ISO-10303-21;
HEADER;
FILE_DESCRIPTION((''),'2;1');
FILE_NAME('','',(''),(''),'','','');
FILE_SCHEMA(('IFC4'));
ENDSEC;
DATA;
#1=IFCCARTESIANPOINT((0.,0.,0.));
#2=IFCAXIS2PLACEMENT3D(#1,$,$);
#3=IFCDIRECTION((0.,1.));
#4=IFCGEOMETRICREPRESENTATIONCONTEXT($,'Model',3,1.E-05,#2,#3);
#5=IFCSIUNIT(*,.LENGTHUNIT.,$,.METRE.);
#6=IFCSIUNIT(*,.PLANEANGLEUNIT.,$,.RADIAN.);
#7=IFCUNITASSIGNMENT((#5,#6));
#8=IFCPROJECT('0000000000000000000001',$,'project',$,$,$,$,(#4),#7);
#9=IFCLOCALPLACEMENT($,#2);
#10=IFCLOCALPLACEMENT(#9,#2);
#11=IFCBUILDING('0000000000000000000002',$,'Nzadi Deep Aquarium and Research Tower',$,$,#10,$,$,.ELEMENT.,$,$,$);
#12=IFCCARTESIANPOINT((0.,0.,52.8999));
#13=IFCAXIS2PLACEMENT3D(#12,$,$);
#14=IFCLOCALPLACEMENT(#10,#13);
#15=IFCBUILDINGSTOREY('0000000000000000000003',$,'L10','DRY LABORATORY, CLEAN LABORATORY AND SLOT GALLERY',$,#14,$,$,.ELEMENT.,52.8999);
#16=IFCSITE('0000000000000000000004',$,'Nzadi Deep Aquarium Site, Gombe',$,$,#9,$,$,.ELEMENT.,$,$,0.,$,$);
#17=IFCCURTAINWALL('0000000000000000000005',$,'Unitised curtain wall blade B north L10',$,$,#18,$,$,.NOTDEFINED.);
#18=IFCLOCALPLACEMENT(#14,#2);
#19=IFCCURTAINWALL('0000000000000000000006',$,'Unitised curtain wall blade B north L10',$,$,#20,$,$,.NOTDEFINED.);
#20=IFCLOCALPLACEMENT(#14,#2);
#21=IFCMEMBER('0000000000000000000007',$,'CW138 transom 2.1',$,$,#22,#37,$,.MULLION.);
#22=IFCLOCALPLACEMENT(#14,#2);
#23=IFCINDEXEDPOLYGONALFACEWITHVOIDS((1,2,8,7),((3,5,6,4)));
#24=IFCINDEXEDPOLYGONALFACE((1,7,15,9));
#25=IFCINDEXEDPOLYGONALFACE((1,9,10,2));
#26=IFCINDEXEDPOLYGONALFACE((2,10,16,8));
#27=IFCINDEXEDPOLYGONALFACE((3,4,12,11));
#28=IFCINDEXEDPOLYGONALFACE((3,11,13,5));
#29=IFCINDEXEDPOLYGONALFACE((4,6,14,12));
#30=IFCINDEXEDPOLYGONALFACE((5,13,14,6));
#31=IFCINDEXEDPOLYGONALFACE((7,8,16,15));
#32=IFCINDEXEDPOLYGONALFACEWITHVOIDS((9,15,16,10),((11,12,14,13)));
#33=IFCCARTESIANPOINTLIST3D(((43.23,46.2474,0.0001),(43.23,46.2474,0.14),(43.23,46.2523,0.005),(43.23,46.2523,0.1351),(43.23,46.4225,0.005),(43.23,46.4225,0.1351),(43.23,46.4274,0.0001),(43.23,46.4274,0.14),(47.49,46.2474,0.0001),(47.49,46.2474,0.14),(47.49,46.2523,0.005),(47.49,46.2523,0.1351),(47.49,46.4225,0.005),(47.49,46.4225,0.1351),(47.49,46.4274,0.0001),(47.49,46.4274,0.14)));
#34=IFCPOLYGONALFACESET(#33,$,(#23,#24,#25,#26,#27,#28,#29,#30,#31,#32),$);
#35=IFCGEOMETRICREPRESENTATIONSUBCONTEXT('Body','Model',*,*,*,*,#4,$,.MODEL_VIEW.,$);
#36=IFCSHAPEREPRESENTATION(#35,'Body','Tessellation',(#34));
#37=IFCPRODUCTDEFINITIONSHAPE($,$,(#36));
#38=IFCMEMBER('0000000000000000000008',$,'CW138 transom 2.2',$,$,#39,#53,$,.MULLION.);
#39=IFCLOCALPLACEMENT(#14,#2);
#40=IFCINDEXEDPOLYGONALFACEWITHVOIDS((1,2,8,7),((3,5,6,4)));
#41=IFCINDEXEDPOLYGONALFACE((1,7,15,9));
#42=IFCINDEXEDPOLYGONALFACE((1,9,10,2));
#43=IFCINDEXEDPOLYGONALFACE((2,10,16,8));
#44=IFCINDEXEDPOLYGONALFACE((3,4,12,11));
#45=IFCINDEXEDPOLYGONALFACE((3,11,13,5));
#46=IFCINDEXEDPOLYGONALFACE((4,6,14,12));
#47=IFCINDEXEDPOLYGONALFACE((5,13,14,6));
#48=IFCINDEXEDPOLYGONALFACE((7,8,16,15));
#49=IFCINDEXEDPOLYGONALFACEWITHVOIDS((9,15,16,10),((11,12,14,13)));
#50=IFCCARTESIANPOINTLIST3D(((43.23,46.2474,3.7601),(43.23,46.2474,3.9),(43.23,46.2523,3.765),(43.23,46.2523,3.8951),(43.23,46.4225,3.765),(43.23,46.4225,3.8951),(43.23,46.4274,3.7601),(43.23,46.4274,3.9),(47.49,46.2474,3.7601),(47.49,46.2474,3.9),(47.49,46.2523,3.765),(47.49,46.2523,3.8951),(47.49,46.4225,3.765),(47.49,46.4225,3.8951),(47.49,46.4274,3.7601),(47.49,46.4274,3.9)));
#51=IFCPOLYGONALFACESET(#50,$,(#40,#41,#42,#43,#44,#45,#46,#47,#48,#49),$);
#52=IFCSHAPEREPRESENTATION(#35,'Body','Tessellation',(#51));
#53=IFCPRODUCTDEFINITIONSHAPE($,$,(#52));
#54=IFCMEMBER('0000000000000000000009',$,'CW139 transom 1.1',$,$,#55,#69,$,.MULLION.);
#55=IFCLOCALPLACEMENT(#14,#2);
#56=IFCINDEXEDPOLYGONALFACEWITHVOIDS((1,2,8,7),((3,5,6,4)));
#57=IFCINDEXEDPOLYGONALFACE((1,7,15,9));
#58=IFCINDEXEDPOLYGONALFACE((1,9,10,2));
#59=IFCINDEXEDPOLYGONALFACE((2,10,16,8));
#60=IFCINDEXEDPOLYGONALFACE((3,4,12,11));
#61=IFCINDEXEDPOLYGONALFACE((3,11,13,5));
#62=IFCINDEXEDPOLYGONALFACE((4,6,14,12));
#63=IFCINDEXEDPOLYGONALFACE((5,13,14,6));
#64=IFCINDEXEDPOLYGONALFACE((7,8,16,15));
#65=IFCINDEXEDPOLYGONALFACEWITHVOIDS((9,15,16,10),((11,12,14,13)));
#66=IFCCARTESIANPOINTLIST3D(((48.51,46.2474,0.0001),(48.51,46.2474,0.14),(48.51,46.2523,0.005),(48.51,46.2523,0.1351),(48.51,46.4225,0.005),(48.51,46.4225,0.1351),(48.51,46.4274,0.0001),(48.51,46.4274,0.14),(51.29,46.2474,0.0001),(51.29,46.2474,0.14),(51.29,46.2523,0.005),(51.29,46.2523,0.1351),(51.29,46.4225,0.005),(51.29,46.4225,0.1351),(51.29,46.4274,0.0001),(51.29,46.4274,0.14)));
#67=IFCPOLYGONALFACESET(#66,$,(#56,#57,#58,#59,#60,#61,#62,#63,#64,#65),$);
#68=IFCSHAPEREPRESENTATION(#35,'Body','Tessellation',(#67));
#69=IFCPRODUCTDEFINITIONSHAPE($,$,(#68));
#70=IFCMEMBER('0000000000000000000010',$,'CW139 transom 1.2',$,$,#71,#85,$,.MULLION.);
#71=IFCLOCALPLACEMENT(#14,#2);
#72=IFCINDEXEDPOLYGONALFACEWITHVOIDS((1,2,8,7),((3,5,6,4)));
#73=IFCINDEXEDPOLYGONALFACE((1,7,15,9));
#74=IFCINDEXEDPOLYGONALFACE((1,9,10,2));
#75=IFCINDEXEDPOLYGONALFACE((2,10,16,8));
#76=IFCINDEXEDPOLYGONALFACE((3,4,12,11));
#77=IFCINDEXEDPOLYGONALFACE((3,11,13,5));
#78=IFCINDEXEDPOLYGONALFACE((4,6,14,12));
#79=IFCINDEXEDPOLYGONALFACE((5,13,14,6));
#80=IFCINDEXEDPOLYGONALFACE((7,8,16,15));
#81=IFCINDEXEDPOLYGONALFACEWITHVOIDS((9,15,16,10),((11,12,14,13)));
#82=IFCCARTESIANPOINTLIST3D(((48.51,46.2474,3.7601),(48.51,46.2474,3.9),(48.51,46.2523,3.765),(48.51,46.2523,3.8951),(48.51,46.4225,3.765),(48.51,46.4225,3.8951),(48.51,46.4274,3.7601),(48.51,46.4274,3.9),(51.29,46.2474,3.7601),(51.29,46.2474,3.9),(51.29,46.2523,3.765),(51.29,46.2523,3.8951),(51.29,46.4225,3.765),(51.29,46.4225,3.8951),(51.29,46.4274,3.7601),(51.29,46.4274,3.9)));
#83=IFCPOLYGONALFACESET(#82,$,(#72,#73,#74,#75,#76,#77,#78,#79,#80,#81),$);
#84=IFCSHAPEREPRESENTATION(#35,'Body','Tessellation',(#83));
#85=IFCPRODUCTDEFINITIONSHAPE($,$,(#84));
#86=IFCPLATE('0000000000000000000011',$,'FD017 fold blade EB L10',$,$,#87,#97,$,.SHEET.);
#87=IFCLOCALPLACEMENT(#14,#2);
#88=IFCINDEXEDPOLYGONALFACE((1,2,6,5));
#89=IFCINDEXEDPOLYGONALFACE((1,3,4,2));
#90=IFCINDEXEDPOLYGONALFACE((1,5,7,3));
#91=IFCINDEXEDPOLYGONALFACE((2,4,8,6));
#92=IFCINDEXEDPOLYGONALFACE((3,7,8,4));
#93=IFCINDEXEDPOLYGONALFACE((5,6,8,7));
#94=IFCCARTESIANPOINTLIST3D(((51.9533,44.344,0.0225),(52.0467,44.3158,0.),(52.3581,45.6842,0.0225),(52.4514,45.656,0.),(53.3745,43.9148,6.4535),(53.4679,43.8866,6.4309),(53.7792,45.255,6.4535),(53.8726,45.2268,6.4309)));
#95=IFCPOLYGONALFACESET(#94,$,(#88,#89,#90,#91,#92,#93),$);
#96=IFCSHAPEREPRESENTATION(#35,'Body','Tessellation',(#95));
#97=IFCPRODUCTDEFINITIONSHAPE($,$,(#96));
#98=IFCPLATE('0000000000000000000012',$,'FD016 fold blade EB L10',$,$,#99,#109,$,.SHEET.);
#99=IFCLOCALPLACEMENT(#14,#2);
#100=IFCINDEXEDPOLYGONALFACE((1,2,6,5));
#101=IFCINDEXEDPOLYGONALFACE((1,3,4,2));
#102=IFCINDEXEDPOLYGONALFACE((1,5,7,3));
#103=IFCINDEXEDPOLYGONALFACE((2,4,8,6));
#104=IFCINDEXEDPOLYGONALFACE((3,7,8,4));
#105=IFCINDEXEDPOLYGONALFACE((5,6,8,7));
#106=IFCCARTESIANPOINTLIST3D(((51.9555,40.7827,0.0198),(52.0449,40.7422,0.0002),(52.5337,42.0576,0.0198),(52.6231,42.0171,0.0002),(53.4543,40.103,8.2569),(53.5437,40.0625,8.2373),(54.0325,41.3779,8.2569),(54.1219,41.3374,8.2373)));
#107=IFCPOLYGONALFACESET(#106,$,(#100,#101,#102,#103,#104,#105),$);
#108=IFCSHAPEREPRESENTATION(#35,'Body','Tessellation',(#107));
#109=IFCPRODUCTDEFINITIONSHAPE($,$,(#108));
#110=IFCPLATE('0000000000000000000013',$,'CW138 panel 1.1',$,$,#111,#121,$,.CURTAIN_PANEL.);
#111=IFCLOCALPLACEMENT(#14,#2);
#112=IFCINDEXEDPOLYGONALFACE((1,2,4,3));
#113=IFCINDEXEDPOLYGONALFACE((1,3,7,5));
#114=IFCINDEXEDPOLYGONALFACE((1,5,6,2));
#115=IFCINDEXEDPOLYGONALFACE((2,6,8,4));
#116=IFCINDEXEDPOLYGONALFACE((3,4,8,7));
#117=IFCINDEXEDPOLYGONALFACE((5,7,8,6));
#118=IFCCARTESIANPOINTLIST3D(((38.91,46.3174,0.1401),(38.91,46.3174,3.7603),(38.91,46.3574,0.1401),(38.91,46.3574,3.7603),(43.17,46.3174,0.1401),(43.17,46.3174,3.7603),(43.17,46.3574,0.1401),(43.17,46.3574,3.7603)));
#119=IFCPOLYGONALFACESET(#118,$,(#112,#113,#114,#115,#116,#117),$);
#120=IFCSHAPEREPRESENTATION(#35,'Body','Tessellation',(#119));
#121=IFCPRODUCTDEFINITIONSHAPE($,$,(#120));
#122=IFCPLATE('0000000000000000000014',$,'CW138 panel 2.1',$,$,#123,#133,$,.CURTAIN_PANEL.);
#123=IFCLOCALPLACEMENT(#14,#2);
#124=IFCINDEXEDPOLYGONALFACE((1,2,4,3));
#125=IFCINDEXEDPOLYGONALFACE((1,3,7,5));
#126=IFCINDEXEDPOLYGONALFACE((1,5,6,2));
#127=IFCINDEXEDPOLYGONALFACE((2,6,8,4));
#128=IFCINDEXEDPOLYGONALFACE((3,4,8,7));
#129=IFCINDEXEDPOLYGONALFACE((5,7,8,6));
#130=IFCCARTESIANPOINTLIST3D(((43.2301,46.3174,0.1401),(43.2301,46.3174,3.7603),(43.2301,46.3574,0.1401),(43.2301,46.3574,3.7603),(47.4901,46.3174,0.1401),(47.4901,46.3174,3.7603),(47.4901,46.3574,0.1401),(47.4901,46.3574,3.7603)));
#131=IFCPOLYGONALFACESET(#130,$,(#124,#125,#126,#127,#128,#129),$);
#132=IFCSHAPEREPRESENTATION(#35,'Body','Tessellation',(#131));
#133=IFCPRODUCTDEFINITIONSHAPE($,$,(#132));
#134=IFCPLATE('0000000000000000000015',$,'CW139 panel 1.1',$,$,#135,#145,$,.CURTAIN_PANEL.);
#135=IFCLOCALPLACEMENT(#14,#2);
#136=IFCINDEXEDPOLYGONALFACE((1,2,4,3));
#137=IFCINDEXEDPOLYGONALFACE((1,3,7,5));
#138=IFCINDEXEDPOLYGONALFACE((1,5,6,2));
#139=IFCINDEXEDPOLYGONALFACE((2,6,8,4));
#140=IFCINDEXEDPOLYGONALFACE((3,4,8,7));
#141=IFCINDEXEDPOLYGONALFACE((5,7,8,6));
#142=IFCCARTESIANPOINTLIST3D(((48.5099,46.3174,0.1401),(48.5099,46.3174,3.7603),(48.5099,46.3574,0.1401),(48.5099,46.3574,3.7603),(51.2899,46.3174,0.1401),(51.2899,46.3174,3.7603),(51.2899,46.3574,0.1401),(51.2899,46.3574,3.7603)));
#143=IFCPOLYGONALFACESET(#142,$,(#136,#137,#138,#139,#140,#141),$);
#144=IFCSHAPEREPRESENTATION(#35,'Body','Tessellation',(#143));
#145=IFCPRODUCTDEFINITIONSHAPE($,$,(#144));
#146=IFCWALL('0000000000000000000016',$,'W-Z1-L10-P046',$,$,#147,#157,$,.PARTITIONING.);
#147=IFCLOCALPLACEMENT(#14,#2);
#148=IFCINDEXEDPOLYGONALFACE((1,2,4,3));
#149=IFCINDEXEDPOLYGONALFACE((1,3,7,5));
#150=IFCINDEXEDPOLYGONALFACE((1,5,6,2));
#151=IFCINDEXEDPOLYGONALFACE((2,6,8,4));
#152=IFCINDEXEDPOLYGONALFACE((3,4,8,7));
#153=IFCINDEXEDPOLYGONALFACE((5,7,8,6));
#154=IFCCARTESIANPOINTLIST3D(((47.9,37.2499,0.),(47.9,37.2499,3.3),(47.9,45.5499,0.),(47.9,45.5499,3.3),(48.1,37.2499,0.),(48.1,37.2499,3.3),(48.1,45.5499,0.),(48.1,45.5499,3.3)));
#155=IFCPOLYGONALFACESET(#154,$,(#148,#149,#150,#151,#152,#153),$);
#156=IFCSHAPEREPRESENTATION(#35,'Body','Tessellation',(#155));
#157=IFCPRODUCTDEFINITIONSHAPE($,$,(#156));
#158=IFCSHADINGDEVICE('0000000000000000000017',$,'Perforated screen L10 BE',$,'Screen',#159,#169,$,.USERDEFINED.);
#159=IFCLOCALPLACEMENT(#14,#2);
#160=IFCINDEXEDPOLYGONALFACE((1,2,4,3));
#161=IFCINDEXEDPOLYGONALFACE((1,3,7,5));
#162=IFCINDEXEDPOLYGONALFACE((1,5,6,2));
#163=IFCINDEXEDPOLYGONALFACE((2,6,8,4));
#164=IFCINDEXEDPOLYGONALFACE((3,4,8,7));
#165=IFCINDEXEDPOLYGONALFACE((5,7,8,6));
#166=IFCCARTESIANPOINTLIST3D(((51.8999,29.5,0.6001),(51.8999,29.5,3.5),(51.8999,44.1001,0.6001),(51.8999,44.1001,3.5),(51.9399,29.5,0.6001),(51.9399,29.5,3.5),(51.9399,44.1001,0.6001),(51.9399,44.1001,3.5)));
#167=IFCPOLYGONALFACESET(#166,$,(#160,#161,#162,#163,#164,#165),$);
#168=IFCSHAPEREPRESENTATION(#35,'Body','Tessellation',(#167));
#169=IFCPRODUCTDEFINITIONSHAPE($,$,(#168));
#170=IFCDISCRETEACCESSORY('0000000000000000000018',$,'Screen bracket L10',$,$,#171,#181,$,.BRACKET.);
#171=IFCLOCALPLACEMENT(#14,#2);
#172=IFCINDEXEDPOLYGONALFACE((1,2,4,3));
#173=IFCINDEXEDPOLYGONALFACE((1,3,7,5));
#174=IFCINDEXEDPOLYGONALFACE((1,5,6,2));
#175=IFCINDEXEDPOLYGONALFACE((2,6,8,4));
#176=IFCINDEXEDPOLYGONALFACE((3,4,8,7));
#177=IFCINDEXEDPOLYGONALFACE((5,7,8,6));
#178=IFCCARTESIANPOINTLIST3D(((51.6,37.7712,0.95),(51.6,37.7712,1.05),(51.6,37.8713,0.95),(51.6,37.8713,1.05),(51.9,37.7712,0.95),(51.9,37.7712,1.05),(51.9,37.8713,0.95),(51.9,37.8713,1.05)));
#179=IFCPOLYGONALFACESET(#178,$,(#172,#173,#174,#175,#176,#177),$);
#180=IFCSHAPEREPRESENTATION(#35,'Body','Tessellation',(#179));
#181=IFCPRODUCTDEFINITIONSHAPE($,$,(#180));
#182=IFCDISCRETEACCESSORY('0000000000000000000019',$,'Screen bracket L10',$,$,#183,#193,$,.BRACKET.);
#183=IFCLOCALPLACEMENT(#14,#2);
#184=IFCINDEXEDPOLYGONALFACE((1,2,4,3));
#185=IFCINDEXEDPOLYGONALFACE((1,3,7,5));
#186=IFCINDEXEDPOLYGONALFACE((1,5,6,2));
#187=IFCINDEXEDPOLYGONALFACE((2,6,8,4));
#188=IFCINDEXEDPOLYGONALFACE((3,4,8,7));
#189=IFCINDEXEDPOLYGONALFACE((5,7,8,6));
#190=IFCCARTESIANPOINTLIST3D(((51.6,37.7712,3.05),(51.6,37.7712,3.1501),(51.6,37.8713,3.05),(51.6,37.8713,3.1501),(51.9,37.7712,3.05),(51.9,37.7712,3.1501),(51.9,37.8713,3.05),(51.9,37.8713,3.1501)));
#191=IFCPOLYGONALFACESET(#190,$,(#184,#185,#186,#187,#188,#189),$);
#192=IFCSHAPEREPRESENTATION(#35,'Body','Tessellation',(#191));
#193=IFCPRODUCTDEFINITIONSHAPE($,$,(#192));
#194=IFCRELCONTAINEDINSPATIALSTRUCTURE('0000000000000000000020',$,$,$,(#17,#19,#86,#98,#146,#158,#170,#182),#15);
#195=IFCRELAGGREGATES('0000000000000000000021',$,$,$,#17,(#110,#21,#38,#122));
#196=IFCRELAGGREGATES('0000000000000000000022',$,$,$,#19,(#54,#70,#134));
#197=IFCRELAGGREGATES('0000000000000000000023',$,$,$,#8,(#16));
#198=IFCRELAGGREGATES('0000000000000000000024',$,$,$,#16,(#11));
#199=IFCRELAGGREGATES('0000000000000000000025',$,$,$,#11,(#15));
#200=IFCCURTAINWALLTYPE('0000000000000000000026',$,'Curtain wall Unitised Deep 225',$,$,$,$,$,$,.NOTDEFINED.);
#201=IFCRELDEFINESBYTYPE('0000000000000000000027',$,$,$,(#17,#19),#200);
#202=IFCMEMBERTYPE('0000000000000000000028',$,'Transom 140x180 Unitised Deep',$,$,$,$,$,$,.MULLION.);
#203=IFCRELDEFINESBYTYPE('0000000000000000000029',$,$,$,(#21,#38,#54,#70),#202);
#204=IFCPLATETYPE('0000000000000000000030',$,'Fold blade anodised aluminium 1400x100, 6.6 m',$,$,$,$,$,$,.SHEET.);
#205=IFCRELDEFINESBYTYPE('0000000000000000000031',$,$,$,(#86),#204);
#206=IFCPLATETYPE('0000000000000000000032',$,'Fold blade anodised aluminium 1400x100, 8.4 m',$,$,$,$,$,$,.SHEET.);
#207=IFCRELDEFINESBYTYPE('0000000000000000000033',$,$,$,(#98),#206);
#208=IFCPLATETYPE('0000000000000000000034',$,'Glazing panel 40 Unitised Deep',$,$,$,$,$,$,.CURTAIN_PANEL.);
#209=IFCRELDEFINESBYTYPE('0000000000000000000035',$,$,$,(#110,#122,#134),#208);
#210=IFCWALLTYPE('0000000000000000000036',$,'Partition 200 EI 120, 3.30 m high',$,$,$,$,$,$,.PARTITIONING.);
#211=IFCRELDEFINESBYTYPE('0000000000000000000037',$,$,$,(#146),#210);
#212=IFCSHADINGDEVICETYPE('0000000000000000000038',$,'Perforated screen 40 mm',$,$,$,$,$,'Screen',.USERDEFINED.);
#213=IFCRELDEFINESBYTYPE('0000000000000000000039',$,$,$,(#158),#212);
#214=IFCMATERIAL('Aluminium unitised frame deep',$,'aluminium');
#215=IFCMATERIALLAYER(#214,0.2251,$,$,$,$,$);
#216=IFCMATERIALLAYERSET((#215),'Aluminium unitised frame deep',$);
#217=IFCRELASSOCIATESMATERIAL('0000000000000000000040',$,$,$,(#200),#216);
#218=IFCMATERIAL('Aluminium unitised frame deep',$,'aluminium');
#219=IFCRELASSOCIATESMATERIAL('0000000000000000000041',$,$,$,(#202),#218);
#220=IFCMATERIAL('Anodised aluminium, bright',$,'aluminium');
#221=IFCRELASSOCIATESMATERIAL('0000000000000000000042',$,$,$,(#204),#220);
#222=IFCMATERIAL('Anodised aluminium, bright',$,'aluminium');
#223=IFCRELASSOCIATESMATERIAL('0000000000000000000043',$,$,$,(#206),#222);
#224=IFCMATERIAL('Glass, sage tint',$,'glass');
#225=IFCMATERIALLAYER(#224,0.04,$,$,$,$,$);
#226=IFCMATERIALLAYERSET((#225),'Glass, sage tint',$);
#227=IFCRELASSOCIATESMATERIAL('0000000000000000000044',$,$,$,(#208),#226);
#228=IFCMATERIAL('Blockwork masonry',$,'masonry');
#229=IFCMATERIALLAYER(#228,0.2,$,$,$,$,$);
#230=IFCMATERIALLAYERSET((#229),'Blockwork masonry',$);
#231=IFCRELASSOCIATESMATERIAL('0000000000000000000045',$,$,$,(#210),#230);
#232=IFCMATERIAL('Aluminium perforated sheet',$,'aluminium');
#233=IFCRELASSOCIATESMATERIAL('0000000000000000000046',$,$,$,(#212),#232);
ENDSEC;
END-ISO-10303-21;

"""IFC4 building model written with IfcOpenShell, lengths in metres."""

from ifc_helpers import new_model, si_unit, direction, frame, frame_2d, origin, origin_2d, place, context, subcontext, project, spatial, rectangle, hollow_rectangle, extrude, material, layer, layer_set, material_profile, profile_set, type_object, element, aggregate, save


model = new_model("IFC4")

# Units and contexts
model_context = context("Model", 3, precision=1e-05, world=origin(), true_north=direction((0.0, 1.0)))
body_context = subcontext(model_context, "Body", "Model", "MODEL_VIEW")
ifc_project = project(units=[si_unit("LENGTHUNIT", "METRE"), si_unit("PLANEANGLEUNIT", "RADIAN")], contexts=[model_context])

# Site, building, storey
site_placement = place(None, origin())
site = spatial("IfcSite", under=ifc_project, at=site_placement, Name="Nzadi Deep Aquarium Site, Gombe", CompositionType="ELEMENT", RefElevation=0.0)
building_placement = place(site_placement, origin())
building = spatial("IfcBuilding", under=site, at=building_placement, Name="Nzadi Deep Aquarium and Research Tower", CompositionType="ELEMENT")
storey_placement = place(building_placement, frame((0.0, 0.0, 52.8999)))
storey = spatial("IfcBuildingStorey", under=building, at=storey_placement, Name="L10", Description="DRY LABORATORY, CLEAN LABORATORY AND SLOT GALLERY", CompositionType="ELEMENT", Elevation=52.8999)

# Curtain walls
ifc_material_1 = material(Name="Aluminium unitised frame deep", Category="aluminium")
ifc_layer_1 = layer(ifc_material_1, 0.2251)
ifc_layer_set_1 = layer_set([ifc_layer_1], Name="Aluminium unitised frame deep")
curtain_wall_type = type_object("IfcCurtainWallType", Name="Curtain wall Unitised Deep 225", PredefinedType="NOTDEFINED", material=ifc_layer_set_1)
curtain_wall_1_placement = place(storey_placement, origin())
curtain_wall_1 = element("IfcCurtainWall", 1, at=curtain_wall_1_placement, inside=storey, type_object=curtain_wall_type, Name="Unitised curtain wall blade B north L10", PredefinedType="NOTDEFINED")
curtain_wall_2_placement = place(storey_placement, origin())
curtain_wall_2 = element("IfcCurtainWall", 2, at=curtain_wall_2_placement, inside=storey, type_object=curtain_wall_type, Name="Unitised curtain wall blade B north L10", PredefinedType="NOTDEFINED")

# Members
ifc_material_2 = material(Name="Aluminium unitised frame deep", Category="aluminium")
ifc_material_profile_1 = material_profile(ifc_material_2, hollow_rectangle(XDim=0.1799, YDim=0.1399, WallThickness=0.0049, at=origin_2d()))
ifc_profile_set_1 = profile_set([ifc_material_profile_1], Name="Aluminium unitised frame deep")
member_type_1 = type_object("IfcMemberType", Name="Transom 140x180 Unitised Deep", PredefinedType="MULLION", material=ifc_profile_set_1)
member_1_placement = place(storey_placement, frame((43.23, 46.3374, 0.0701), z_axis=(1.0, 0.0, 0.0), x_axis=(0.0, 1.0, 0.0)))
member_1 = element("IfcMember", 3, at=member_1_placement, type_object=member_type_1, Name="CW138 transom 2.1", PredefinedType="MULLION", context=body_context, shape_type="SweptSolid", body=[
    extrude(hollow_rectangle(XDim=0.1799, YDim=0.1399, WallThickness=0.0049, at=origin_2d()), origin(), (0.0, 0.0, 1.0), 4.26),
])
member_2_placement = place(storey_placement, frame((43.23, 46.3374, 3.8301), z_axis=(1.0, 0.0, 0.0), x_axis=(0.0, 1.0, 0.0)))
member_2 = element("IfcMember", 4, at=member_2_placement, type_object=member_type_1, Name="CW138 transom 2.2", PredefinedType="MULLION", context=body_context, shape_type="SweptSolid", body=[
    extrude(hollow_rectangle(XDim=0.1799, YDim=0.1399, WallThickness=0.0049, at=origin_2d()), origin(), (0.0, 0.0, 1.0), 4.26),
])
member_3_placement = place(storey_placement, frame((48.51, 46.3374, 0.0701), z_axis=(1.0, 0.0, 0.0), x_axis=(0.0, 1.0, 0.0)))
member_3 = element("IfcMember", 5, at=member_3_placement, type_object=member_type_1, Name="CW139 transom 1.1", PredefinedType="MULLION", context=body_context, shape_type="SweptSolid", body=[
    extrude(hollow_rectangle(XDim=0.1799, YDim=0.1399, WallThickness=0.0049, at=origin_2d()), origin(), (0.0, 0.0, 1.0), 2.78),
])
member_4_placement = place(storey_placement, frame((48.51, 46.3374, 3.8301), z_axis=(1.0, 0.0, 0.0), x_axis=(0.0, 1.0, 0.0)))
member_4 = element("IfcMember", 6, at=member_4_placement, type_object=member_type_1, Name="CW139 transom 1.2", PredefinedType="MULLION", context=body_context, shape_type="SweptSolid", body=[
    extrude(hollow_rectangle(XDim=0.1799, YDim=0.1399, WallThickness=0.0049, at=origin_2d()), origin(), (0.0, 0.0, 1.0), 2.78),
])

# Plates
ifc_material_3 = material(Name="Anodised aluminium, bright", Category="aluminium")
ifc_material_profile_2 = material_profile(ifc_material_3, rectangle(XDim=1.3999, YDim=0.1001, at=origin_2d()))
ifc_profile_set_2 = profile_set([ifc_material_profile_2], Name="Anodised aluminium, bright")
plate_type_1 = type_object("IfcPlateType", Name="Fold blade anodised aluminium 1400x100, 6.6 m", PredefinedType="SHEET", material=ifc_profile_set_2)
plate_1_placement = place(storey_placement, frame((52.2024, 45.0, 0.0112), z_axis=(0.215324, -0.06503, 0.974375), x_axis=(0.289113, 0.957295, 0.0)))
element("IfcPlate", 7, at=plate_1_placement, inside=storey, type_object=plate_type_1, Name="FD017 fold blade EB L10", PredefinedType="SHEET", context=body_context, shape_type="SweptSolid", body=[
    extrude(rectangle(XDim=1.3999, YDim=0.1001, at=origin_2d()), origin(), (0.0, 0.0, 1.0), 6.6001),
])
ifc_material_4 = material(Name="Anodised aluminium, bright", Category="aluminium")
ifc_material_profile_3 = material_profile(ifc_material_4, rectangle(XDim=1.3999, YDim=0.1001, at=origin_2d()))
ifc_profile_set_3 = profile_set([ifc_material_profile_3], Name="Anodised aluminium, bright")
plate_type_2 = type_object("IfcPlateType", Name="Fold blade anodised aluminium 1400x100, 8.4 m", PredefinedType="SHEET", material=ifc_profile_set_3)
plate_2_placement = place(storey_placement, frame((52.2893, 41.3999, 0.01), z_axis=(0.178429, -0.080917, 0.98062), x_axis=(0.413009, 0.910727, 0.0)))
element("IfcPlate", 8, at=plate_2_placement, inside=storey, type_object=plate_type_2, Name="FD016 fold blade EB L10", PredefinedType="SHEET", context=body_context, shape_type="SweptSolid", body=[
    extrude(rectangle(XDim=1.3999, YDim=0.1001, at=origin_2d()), origin(), (0.0, 0.0, 1.0), 8.3999),
])

# Plates
ifc_material_5 = material(Name="Glass, sage tint", Category="glass")
ifc_layer_2 = layer(ifc_material_5, 0.04)
ifc_layer_set_2 = layer_set([ifc_layer_2], Name="Glass, sage tint")
plate_type_3 = type_object("IfcPlateType", Name="Glazing panel 40 Unitised Deep", PredefinedType="CURTAIN_PANEL", material=ifc_layer_set_2)
plate_3_placement = place(storey_placement, frame((41.04, 46.3374, 0.1401), z_axis=(0.0, 0.0, 1.0), x_axis=(1.0, 0.0, 0.0)))
plate_3 = element("IfcPlate", 9, at=plate_3_placement, type_object=plate_type_3, Name="CW138 panel 1.1", PredefinedType="CURTAIN_PANEL", context=body_context, shape_type="SweptSolid", body=[
    extrude(rectangle(XDim=4.26, YDim=0.04, at=origin_2d()), origin(), (0.0, 0.0, 1.0), 3.6201),
])
plate_4_placement = place(storey_placement, frame((45.3601, 46.3374, 0.1401), z_axis=(0.0, 0.0, 1.0), x_axis=(1.0, 0.0, 0.0)))
plate_4 = element("IfcPlate", 10, at=plate_4_placement, type_object=plate_type_3, Name="CW138 panel 2.1", PredefinedType="CURTAIN_PANEL", context=body_context, shape_type="SweptSolid", body=[
    extrude(rectangle(XDim=4.26, YDim=0.04, at=origin_2d()), origin(), (0.0, 0.0, 1.0), 3.6201),
])
aggregate(curtain_wall_1, [plate_3, member_1, member_2, plate_4])
plate_5_placement = place(storey_placement, frame((49.8999, 46.3374, 0.1401), z_axis=(0.0, 0.0, 1.0), x_axis=(1.0, 0.0, 0.0)))
plate_5 = element("IfcPlate", 11, at=plate_5_placement, type_object=plate_type_3, Name="CW139 panel 1.1", PredefinedType="CURTAIN_PANEL", context=body_context, shape_type="SweptSolid", body=[
    extrude(rectangle(XDim=2.78, YDim=0.04, at=origin_2d()), origin(), (0.0, 0.0, 1.0), 3.6201),
])
aggregate(curtain_wall_2, [member_3, member_4, plate_5])

# Wall
ifc_material_6 = material(Name="Blockwork masonry", Category="masonry")
ifc_layer_3 = layer(ifc_material_6, 0.2)
ifc_layer_set_3 = layer_set([ifc_layer_3], Name="Blockwork masonry")
wall_type = type_object("IfcWallType", Name="Partition 200 EI 120, 3.30 m high", PredefinedType="PARTITIONING", material=ifc_layer_set_3)
wall_placement = place(storey_placement, frame((48.0, 37.25, 0.0), z_axis=(0.0, 0.0, 1.0), x_axis=(0.0, 1.0, 0.0)))
element("IfcWall", 12, at=wall_placement, inside=storey, type_object=wall_type, Name="W-Z1-L10-P046", PredefinedType="PARTITIONING", context=body_context, shape_type="SweptSolid", body=[
    extrude(rectangle(XDim=8.3, YDim=0.2, at=frame_2d((4.1499, 0.0))), origin(), (0.0, 0.0, 1.0), 3.3),
])

# Shading device
ifc_material_7 = material(Name="Aluminium perforated sheet", Category="aluminium")
shading_device_type = type_object("IfcShadingDeviceType", Name="Perforated screen 40 mm", ElementType="Screen", PredefinedType="USERDEFINED", material=ifc_material_7)
shading_device_placement = place(storey_placement, frame((51.9199, 36.8, 0.6001), z_axis=(0.0, 0.0, 1.0), x_axis=(1.0, 0.0, 0.0)))
element("IfcShadingDevice", 13, at=shading_device_placement, inside=storey, type_object=shading_device_type, Name="Perforated screen L10 BE", ObjectType="Screen", PredefinedType="USERDEFINED", context=body_context, shape_type="SweptSolid", body=[
    extrude(rectangle(XDim=0.04, YDim=14.6001, at=origin_2d()), origin(), (0.0, 0.0, 1.0), 2.8999),
])

# Discrete accessories
for number, where, z_axis, x_axis, name in (
    (14, (51.75, 37.8213, 0.95), (0.0, 0.0, 1.0), (1.0, 0.0, 0.0), "Screen bracket L10"),
    (15, (51.75, 37.8213, 3.05), (0.0, 0.0, 1.0), (1.0, 0.0, 0.0), "Screen bracket L10"),
):
    element("IfcDiscreteAccessory", number, at=place(storey_placement, frame(where, z_axis=z_axis, x_axis=x_axis)), inside=storey, Name=name, PredefinedType="BRACKET", context=body_context, shape_type="SweptSolid", body=[
        extrude(rectangle(XDim=0.3, YDim=0.1001, at=origin_2d()), origin(), (0.0, 0.0, 1.0), 0.1001),
    ])

save(model, "model.ifc")
